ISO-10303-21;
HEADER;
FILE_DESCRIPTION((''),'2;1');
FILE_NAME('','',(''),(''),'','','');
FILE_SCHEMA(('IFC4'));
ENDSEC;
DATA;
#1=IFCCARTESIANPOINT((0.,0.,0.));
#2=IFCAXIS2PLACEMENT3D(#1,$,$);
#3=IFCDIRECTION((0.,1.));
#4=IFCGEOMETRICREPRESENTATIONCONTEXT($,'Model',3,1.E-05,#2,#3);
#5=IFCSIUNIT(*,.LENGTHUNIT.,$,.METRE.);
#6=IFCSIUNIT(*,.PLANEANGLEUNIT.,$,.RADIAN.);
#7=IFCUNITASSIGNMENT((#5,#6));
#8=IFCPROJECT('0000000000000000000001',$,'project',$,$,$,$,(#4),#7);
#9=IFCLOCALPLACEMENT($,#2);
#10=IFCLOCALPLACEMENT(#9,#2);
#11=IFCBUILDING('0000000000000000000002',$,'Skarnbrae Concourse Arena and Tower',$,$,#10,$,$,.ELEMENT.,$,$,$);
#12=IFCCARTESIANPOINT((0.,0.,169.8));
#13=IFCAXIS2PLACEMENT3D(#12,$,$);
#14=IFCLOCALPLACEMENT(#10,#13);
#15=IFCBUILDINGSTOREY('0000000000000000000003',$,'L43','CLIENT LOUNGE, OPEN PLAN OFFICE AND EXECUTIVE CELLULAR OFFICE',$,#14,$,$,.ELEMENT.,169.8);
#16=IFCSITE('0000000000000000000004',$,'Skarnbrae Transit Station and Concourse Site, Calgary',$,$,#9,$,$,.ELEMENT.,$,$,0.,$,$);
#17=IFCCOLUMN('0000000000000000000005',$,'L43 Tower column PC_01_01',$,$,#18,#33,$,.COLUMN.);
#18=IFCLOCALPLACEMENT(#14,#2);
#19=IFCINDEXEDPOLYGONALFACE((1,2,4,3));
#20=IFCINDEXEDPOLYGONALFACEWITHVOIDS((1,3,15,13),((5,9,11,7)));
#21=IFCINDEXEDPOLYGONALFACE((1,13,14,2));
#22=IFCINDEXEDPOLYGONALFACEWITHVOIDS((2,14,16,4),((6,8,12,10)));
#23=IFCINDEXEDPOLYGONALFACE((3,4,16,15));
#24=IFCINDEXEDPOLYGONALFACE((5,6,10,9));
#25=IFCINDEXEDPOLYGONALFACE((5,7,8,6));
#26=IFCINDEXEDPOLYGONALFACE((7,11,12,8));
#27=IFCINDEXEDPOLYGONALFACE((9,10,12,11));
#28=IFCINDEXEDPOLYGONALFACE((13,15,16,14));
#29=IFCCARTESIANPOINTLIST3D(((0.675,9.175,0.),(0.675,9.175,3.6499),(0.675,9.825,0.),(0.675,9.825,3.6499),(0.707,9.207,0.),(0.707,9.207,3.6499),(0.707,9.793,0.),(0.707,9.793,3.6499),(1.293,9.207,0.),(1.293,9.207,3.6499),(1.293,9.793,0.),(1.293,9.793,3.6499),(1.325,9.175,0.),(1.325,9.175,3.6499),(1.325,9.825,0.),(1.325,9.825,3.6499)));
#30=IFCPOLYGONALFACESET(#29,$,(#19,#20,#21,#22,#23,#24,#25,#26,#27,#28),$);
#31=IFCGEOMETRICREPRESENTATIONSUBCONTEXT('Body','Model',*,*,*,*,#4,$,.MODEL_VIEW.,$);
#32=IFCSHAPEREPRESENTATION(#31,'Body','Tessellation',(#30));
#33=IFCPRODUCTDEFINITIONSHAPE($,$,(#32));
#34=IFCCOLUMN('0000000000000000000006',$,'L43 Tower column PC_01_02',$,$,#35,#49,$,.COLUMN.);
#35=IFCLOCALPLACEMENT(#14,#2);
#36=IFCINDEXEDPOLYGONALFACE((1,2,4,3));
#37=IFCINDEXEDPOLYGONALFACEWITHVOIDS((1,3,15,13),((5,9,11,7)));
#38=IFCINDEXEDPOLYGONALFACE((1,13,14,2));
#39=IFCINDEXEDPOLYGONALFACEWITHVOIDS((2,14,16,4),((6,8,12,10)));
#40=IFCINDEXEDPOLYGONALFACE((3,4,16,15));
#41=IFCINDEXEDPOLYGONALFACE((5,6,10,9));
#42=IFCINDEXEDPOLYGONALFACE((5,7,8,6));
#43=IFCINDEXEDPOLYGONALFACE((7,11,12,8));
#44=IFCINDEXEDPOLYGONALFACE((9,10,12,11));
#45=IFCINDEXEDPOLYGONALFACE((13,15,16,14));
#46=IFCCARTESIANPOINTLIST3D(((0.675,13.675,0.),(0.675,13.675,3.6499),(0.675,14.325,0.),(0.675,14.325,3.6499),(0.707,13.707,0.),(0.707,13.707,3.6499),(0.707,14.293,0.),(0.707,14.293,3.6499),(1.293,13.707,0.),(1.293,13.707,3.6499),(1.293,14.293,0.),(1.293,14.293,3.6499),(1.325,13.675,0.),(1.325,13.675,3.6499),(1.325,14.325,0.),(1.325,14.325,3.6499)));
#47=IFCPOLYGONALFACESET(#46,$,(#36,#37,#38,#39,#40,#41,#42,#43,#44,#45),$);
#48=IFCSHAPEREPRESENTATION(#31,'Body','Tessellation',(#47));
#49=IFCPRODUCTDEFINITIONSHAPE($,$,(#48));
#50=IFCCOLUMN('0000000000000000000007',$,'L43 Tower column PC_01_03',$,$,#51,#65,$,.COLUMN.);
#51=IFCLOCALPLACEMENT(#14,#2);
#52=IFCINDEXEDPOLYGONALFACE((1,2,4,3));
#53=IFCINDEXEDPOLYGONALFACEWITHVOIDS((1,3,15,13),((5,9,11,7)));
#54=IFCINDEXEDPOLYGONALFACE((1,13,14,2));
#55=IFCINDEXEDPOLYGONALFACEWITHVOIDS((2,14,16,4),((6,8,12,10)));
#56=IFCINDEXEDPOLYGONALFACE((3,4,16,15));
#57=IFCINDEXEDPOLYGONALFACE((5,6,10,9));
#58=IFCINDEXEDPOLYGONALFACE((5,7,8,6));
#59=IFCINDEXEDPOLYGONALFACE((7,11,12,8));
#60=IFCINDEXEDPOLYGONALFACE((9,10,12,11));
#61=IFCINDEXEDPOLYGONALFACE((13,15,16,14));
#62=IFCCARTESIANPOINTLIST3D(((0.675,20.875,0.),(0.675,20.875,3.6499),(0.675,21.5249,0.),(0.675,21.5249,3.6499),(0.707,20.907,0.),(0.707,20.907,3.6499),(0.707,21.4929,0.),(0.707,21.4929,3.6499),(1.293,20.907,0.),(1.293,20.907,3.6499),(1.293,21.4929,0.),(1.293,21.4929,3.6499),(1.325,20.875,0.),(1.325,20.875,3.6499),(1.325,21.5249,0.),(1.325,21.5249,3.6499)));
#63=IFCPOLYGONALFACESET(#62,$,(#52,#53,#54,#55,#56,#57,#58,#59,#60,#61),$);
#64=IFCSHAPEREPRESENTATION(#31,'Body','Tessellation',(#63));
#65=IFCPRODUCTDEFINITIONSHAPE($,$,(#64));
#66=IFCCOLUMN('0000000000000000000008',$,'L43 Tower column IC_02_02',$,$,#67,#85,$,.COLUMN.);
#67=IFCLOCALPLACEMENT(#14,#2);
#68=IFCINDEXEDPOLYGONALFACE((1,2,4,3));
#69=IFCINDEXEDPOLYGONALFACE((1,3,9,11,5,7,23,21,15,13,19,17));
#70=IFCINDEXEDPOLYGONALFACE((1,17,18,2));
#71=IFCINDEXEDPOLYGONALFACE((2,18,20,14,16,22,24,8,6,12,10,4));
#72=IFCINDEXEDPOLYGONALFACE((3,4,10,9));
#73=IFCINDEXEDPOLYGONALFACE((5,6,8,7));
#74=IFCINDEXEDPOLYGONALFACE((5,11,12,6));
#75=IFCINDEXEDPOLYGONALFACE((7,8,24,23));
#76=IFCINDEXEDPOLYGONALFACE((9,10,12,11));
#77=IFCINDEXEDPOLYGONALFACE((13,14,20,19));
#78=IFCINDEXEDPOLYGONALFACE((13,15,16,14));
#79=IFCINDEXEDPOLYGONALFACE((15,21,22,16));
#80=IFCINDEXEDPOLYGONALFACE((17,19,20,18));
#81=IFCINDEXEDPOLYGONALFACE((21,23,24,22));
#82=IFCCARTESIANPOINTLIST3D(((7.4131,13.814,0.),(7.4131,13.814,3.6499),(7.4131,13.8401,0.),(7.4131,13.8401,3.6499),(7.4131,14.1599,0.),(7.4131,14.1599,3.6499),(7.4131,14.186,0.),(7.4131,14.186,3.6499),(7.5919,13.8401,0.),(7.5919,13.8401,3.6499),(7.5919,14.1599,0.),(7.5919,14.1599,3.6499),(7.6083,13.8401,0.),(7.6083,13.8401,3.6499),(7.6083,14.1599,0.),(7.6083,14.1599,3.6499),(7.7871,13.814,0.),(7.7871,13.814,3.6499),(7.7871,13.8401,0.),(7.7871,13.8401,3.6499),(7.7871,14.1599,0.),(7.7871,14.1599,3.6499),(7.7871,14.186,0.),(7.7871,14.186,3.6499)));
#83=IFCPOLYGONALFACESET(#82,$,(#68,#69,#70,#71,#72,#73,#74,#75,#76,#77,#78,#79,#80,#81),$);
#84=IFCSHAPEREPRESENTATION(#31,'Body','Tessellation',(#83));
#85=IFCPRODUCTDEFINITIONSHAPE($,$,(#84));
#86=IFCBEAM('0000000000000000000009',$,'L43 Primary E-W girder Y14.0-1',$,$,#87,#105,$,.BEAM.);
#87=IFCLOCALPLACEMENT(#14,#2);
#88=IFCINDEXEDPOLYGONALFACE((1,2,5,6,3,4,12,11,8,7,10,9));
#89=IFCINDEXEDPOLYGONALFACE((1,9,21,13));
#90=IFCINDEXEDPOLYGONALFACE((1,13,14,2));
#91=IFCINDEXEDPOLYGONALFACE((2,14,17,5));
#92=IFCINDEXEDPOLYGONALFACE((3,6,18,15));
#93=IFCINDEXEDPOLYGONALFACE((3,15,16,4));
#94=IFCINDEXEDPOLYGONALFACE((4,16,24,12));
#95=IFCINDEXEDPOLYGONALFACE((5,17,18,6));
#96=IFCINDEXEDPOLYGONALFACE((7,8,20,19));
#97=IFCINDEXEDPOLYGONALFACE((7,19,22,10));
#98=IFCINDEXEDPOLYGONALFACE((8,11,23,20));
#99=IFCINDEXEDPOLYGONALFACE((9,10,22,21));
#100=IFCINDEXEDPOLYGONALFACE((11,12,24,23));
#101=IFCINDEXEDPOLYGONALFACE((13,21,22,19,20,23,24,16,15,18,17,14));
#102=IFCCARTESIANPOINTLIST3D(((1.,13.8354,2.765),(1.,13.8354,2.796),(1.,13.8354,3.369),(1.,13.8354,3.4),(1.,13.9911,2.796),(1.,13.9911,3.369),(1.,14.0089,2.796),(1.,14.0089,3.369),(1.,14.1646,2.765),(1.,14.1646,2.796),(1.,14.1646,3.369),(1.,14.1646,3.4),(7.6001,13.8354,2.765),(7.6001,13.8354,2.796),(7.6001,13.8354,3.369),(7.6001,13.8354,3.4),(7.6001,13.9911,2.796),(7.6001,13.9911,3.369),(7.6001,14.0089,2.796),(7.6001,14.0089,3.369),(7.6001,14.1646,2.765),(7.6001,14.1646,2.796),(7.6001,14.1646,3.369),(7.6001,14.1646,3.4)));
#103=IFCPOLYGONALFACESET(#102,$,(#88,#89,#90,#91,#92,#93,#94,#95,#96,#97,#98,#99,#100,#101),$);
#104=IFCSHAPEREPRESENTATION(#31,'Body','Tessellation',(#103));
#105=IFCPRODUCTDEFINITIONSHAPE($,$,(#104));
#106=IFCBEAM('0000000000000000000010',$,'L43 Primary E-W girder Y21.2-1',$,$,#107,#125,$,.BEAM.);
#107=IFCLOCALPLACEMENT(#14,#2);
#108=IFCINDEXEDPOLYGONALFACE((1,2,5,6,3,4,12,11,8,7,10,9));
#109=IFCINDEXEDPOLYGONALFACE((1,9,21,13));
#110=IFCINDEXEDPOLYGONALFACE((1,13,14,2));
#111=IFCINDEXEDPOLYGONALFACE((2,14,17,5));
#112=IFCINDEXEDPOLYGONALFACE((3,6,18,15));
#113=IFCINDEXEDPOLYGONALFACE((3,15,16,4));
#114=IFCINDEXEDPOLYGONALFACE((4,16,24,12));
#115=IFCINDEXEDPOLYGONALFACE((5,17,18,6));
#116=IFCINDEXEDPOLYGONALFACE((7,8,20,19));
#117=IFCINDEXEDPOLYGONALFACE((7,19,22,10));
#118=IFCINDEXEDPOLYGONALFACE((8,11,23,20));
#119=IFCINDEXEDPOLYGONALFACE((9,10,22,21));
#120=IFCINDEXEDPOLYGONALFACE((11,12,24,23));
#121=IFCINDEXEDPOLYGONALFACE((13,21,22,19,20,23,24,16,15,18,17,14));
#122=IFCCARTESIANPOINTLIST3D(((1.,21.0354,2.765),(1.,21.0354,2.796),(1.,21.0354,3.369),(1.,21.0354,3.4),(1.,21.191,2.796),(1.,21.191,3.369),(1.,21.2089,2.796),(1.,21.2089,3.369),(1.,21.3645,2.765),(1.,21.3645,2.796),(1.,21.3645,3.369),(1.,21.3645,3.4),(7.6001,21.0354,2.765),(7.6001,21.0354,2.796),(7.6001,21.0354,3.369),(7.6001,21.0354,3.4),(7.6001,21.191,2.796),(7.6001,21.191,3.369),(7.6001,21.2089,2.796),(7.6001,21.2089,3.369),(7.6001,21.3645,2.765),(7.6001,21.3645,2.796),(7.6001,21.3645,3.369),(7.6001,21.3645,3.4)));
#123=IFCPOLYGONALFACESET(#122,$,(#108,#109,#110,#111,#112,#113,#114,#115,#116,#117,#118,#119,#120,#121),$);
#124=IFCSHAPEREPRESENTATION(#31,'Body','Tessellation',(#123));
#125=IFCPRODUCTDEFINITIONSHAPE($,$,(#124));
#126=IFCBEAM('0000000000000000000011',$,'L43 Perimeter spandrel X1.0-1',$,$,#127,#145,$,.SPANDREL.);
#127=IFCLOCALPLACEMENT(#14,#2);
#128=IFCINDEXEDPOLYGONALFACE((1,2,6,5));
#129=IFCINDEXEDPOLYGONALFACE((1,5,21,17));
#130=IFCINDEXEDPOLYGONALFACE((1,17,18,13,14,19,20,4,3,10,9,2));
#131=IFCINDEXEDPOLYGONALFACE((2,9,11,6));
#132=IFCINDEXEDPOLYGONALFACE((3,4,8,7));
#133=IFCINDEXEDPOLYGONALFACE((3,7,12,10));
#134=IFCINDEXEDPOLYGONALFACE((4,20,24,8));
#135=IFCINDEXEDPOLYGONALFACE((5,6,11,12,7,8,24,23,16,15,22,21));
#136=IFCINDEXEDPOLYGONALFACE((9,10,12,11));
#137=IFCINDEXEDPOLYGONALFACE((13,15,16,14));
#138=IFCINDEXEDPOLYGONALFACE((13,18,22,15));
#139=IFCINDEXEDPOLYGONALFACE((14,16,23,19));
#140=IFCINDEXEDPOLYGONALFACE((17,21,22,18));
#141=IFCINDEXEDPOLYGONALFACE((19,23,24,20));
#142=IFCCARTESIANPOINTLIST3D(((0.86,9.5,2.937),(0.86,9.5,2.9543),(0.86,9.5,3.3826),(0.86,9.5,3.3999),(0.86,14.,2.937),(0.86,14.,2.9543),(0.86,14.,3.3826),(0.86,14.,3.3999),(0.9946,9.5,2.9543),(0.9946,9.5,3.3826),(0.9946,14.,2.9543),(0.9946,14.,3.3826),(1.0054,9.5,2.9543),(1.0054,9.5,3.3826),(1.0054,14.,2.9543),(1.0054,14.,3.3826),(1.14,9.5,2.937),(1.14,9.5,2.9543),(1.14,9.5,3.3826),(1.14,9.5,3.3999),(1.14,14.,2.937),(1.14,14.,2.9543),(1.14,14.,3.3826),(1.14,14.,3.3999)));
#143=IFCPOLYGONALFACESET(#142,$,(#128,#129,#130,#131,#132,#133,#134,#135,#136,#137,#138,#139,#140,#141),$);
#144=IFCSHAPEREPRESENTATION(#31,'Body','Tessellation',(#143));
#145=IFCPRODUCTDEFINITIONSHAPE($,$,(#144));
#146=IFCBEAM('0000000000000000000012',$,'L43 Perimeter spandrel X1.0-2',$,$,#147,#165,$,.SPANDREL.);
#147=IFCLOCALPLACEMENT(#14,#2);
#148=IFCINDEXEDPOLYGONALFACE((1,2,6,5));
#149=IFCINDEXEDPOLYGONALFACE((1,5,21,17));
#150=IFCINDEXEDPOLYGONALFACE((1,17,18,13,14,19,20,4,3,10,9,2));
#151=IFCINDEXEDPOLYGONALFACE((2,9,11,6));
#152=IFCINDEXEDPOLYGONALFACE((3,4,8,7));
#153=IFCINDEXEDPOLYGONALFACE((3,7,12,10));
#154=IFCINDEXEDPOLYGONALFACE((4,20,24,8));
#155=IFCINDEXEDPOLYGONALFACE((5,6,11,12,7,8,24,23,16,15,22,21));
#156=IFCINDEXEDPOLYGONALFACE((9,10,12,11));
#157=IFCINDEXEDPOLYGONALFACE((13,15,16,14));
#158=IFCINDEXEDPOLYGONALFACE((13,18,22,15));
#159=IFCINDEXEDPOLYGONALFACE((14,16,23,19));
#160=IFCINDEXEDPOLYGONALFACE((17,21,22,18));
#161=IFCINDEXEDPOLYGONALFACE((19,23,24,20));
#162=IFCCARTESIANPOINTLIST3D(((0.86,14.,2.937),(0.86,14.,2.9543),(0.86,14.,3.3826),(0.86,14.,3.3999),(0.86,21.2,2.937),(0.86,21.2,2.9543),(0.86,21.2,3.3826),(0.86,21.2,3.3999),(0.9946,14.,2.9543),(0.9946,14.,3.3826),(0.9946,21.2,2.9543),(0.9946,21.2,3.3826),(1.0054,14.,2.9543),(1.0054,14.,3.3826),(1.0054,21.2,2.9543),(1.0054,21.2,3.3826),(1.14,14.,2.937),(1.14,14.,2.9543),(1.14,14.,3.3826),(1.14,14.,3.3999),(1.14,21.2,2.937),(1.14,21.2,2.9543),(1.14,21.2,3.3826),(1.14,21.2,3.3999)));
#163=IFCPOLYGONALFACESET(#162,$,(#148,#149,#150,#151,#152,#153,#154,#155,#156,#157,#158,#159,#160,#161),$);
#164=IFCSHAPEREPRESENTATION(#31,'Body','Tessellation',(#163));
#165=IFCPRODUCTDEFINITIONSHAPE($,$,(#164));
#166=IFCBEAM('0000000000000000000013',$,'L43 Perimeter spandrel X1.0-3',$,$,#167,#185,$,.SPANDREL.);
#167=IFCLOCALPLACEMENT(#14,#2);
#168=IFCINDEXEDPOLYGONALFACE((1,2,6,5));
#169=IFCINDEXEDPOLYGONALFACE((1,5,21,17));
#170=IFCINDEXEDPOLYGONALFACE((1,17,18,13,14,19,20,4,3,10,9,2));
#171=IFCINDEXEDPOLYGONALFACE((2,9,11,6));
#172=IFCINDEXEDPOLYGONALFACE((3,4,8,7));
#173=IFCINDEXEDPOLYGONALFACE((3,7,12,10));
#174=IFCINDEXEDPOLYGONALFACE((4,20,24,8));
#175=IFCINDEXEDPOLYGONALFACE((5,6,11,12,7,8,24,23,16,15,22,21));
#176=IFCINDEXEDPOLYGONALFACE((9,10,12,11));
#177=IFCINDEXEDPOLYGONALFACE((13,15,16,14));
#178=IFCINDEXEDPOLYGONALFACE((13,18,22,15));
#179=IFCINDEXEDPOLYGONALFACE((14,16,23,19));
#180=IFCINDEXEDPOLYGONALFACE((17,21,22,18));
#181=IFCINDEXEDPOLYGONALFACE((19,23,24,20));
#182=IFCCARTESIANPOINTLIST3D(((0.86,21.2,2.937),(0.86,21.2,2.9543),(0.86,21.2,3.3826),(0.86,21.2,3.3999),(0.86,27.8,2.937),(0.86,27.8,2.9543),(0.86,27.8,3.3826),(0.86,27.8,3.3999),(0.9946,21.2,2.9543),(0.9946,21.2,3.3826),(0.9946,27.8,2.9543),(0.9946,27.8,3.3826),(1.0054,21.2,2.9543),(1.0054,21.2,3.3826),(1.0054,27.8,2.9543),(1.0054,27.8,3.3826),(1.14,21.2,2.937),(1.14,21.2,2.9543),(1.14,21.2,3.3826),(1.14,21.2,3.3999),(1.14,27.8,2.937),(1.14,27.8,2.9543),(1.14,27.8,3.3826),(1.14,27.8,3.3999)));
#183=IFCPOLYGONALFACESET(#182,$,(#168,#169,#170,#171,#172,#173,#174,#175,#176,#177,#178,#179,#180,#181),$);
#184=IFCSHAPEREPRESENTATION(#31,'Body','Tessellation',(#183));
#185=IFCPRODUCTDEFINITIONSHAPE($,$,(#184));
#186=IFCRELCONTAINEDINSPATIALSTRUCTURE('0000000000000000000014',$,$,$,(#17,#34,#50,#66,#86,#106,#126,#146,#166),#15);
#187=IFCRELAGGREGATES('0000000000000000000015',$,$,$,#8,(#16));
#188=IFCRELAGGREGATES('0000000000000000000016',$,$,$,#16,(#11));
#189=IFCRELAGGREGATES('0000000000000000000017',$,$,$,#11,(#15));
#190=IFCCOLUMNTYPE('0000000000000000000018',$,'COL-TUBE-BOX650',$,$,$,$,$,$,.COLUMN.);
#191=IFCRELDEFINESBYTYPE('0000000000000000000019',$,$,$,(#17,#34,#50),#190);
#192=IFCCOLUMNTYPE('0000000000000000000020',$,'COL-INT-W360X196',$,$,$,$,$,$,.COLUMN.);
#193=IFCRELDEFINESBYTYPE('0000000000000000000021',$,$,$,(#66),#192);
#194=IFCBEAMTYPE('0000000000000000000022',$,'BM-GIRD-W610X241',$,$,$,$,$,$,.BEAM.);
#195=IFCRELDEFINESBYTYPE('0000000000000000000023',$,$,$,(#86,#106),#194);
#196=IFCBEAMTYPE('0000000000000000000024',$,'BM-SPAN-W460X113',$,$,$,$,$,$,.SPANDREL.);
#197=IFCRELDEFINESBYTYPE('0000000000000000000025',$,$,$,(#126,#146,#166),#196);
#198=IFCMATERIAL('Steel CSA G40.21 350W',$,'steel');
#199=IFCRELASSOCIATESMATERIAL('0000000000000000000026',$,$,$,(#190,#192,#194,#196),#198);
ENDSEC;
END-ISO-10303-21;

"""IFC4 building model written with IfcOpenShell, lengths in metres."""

from ifc_helpers import new_model, si_unit, direction, frame, origin, origin_2d, place, context, subcontext, project, spatial, hollow_rectangle, i_section, extrude, source, transform, mapped, material, material_profile, profile_set, type_object, element, save


model = new_model("IFC4")

# Units and contexts
model_context = context("Model", 3, precision=1e-05, world=origin(), true_north=direction((0.0, 1.0)))
body_context = subcontext(model_context, "Body", "Model", "MODEL_VIEW")
ifc_project = project(units=[si_unit("LENGTHUNIT", "METRE"), si_unit("PLANEANGLEUNIT", "RADIAN")], contexts=[model_context])

# Site, building, storey
site_placement = place(None, origin())
site = spatial("IfcSite", under=ifc_project, at=site_placement, Name="Skarnbrae Transit Station and Concourse Site, Calgary", CompositionType="ELEMENT", RefElevation=0.0)
building_placement = place(site_placement, origin())
building = spatial("IfcBuilding", under=site, at=building_placement, Name="Skarnbrae Concourse Arena and Tower", CompositionType="ELEMENT")
storey_placement = place(building_placement, frame((0.0, 0.0, 169.8)))
storey = spatial("IfcBuildingStorey", under=building, at=storey_placement, Name="L43", Description="CLIENT LOUNGE, OPEN PLAN OFFICE AND EXECUTIVE CELLULAR OFFICE", CompositionType="ELEMENT", Elevation=169.8)

# Columns
ifc_material_1 = material(Name="Steel CSA G40.21 350W", Category="steel")
ifc_material_profile_1 = material_profile(ifc_material_1, hollow_rectangle(XDim=0.6499, YDim=0.6499, WallThickness=0.032, at=origin_2d()), Name="BOX650X650X32")
ifc_profile_set_1 = profile_set([ifc_material_profile_1], Name="Steel CSA G40.21 350W")
column_type_1 = type_object("IfcColumnType", Name="COL-TUBE-BOX650", PredefinedType="COLUMN", material=ifc_profile_set_1)
shared_shape_1 = source(origin(), body_context, "Body", "SweptSolid", [
    extrude(hollow_rectangle(XDim=0.6499, YDim=0.6499, WallThickness=0.032, at=origin_2d()), origin(), (0.0, 0.0, 1.0), 3.6499),
])
for number, where, z_axis, x_axis, name in (
    (1, (1.0, 9.5, 0.0), (0.0, 0.0, 1.0), (1.0, 0.0, 0.0), "L43 Tower column PC_01_01"),
    (2, (1.0, 14.0, 0.0), (0.0, 0.0, 1.0), (1.0, 0.0, 0.0), "L43 Tower column PC_01_02"),
    (3, (1.0, 21.2, 0.0), (0.0, 0.0, 1.0), (1.0, 0.0, 0.0), "L43 Tower column PC_01_03"),
):
    element("IfcColumn", number, at=place(storey_placement, frame(where, z_axis=z_axis, x_axis=x_axis)), inside=storey, type_object=column_type_1, Name=name, PredefinedType="COLUMN", context=body_context, shape_type="MappedRepresentation", body=[
        mapped(shared_shape_1, transform((0.0, 0.0, 0.0))),
    ])
ifc_material_profile_2 = material_profile(ifc_material_1, i_section(OverallWidth=0.374, OverallDepth=0.3721, WebThickness=0.0164, FlangeThickness=0.0261, at=origin_2d()), Name="W360X196")
ifc_profile_set_2 = profile_set([ifc_material_profile_2], Name="Steel CSA G40.21 350W")
column_type_2 = type_object("IfcColumnType", Name="COL-INT-W360X196", PredefinedType="COLUMN", material=ifc_profile_set_2)
shared_shape_2 = source(origin(), body_context, "Body", "SweptSolid", [
    extrude(i_section(OverallWidth=0.374, OverallDepth=0.3721, WebThickness=0.0164, FlangeThickness=0.0261, at=origin_2d()), origin(), (0.0, 0.0, 1.0), 3.6499),
])
column_placement = place(storey_placement, frame((7.6001, 14.0, 0.0), z_axis=(0.0, 0.0, 1.0), x_axis=(1.0, 0.0, 0.0)))
element("IfcColumn", 4, at=column_placement, inside=storey, type_object=column_type_2, Name="L43 Tower column IC_02_02", PredefinedType="COLUMN", context=body_context, shape_type="MappedRepresentation", body=[
    mapped(shared_shape_2, transform((0.0, 0.0, 0.0))),
])

# Beams
ifc_material_profile_3 = material_profile(ifc_material_1, i_section(OverallWidth=0.3291, OverallDepth=0.635, WebThickness=0.0178, FlangeThickness=0.031, at=origin_2d()), Name="W610X241")
ifc_profile_set_3 = profile_set([ifc_material_profile_3], Name="Steel CSA G40.21 350W")
beam_type_1 = type_object("IfcBeamType", Name="BM-GIRD-W610X241", PredefinedType="BEAM", material=ifc_profile_set_3)
shared_shape_3 = source(origin(), body_context, "Body", "SweptSolid", [
    extrude(i_section(OverallWidth=0.3291, OverallDepth=0.635, WebThickness=0.0178, FlangeThickness=0.031, at=origin_2d()), origin(), (0.0, 0.0, 1.0), 6.6001),
])
for number, where, z_axis, x_axis, name in (
    (5, (1.0, 14.0, 3.0825), (1.0, 0.0, 0.0), (0.0, 1.0, 0.0), "L43 Primary E-W girder Y14.0-1"),
    (6, (1.0, 21.2, 3.0825), (1.0, 0.0, 0.0), (0.0, 1.0, 0.0), "L43 Primary E-W girder Y21.2-1"),
):
    element("IfcBeam", number, at=place(storey_placement, frame(where, z_axis=z_axis, x_axis=x_axis)), inside=storey, type_object=beam_type_1, Name=name, PredefinedType="BEAM", context=body_context, shape_type="MappedRepresentation", body=[
        mapped(shared_shape_3, transform((0.0, 0.0, 0.0))),
    ])
ifc_material_profile_4 = material_profile(ifc_material_1, i_section(OverallWidth=0.28, OverallDepth=0.4629, WebThickness=0.0107, FlangeThickness=0.0173, at=origin_2d()), Name="W460X113")
ifc_profile_set_4 = profile_set([ifc_material_profile_4], Name="Steel CSA G40.21 350W")
beam_type_2 = type_object("IfcBeamType", Name="BM-SPAN-W460X113", PredefinedType="SPANDREL", material=ifc_profile_set_4)
shared_shape_4 = source(origin(), body_context, "Body", "SweptSolid", [
    extrude(i_section(OverallWidth=0.28, OverallDepth=0.4629, WebThickness=0.0107, FlangeThickness=0.0173, at=origin_2d()), origin(), (0.0, 0.0, 1.0), 4.5),
])
beam_1_placement = place(storey_placement, frame((1.0, 9.5, 3.1685), z_axis=(0.0, 1.0, 0.0), x_axis=(-1.0, 0.0, 0.0)))
element("IfcBeam", 7, at=beam_1_placement, inside=storey, type_object=beam_type_2, Name="L43 Perimeter spandrel X1.0-1", PredefinedType="SPANDREL", context=body_context, shape_type="MappedRepresentation", body=[
    mapped(shared_shape_4, transform((0.0, 0.0, 0.0))),
])
shared_shape_5 = source(origin(), body_context, "Body", "SweptSolid", [
    extrude(i_section(OverallWidth=0.28, OverallDepth=0.4629, WebThickness=0.0107, FlangeThickness=0.0173, at=origin_2d()), origin(), (0.0, 0.0, 1.0), 7.2),
])
beam_2_placement = place(storey_placement, frame((1.0, 14.0, 3.1685), z_axis=(0.0, 1.0, 0.0), x_axis=(-1.0, 0.0, 0.0)))
element("IfcBeam", 8, at=beam_2_placement, inside=storey, type_object=beam_type_2, Name="L43 Perimeter spandrel X1.0-2", PredefinedType="SPANDREL", context=body_context, shape_type="MappedRepresentation", body=[
    mapped(shared_shape_5, transform((0.0, 0.0, 0.0))),
])
shared_shape_6 = source(origin(), body_context, "Body", "SweptSolid", [
    extrude(i_section(OverallWidth=0.28, OverallDepth=0.4629, WebThickness=0.0107, FlangeThickness=0.0173, at=origin_2d()), origin(), (0.0, 0.0, 1.0), 6.6001),
])
beam_3_placement = place(storey_placement, frame((1.0, 21.2, 3.1685), z_axis=(0.0, 1.0, 0.0), x_axis=(-1.0, 0.0, 0.0)))
element("IfcBeam", 9, at=beam_3_placement, inside=storey, type_object=beam_type_2, Name="L43 Perimeter spandrel X1.0-3", PredefinedType="SPANDREL", context=body_context, shape_type="MappedRepresentation", body=[
    mapped(shared_shape_6, transform((0.0, 0.0, 0.0))),
])

save(model, "model.ifc")
